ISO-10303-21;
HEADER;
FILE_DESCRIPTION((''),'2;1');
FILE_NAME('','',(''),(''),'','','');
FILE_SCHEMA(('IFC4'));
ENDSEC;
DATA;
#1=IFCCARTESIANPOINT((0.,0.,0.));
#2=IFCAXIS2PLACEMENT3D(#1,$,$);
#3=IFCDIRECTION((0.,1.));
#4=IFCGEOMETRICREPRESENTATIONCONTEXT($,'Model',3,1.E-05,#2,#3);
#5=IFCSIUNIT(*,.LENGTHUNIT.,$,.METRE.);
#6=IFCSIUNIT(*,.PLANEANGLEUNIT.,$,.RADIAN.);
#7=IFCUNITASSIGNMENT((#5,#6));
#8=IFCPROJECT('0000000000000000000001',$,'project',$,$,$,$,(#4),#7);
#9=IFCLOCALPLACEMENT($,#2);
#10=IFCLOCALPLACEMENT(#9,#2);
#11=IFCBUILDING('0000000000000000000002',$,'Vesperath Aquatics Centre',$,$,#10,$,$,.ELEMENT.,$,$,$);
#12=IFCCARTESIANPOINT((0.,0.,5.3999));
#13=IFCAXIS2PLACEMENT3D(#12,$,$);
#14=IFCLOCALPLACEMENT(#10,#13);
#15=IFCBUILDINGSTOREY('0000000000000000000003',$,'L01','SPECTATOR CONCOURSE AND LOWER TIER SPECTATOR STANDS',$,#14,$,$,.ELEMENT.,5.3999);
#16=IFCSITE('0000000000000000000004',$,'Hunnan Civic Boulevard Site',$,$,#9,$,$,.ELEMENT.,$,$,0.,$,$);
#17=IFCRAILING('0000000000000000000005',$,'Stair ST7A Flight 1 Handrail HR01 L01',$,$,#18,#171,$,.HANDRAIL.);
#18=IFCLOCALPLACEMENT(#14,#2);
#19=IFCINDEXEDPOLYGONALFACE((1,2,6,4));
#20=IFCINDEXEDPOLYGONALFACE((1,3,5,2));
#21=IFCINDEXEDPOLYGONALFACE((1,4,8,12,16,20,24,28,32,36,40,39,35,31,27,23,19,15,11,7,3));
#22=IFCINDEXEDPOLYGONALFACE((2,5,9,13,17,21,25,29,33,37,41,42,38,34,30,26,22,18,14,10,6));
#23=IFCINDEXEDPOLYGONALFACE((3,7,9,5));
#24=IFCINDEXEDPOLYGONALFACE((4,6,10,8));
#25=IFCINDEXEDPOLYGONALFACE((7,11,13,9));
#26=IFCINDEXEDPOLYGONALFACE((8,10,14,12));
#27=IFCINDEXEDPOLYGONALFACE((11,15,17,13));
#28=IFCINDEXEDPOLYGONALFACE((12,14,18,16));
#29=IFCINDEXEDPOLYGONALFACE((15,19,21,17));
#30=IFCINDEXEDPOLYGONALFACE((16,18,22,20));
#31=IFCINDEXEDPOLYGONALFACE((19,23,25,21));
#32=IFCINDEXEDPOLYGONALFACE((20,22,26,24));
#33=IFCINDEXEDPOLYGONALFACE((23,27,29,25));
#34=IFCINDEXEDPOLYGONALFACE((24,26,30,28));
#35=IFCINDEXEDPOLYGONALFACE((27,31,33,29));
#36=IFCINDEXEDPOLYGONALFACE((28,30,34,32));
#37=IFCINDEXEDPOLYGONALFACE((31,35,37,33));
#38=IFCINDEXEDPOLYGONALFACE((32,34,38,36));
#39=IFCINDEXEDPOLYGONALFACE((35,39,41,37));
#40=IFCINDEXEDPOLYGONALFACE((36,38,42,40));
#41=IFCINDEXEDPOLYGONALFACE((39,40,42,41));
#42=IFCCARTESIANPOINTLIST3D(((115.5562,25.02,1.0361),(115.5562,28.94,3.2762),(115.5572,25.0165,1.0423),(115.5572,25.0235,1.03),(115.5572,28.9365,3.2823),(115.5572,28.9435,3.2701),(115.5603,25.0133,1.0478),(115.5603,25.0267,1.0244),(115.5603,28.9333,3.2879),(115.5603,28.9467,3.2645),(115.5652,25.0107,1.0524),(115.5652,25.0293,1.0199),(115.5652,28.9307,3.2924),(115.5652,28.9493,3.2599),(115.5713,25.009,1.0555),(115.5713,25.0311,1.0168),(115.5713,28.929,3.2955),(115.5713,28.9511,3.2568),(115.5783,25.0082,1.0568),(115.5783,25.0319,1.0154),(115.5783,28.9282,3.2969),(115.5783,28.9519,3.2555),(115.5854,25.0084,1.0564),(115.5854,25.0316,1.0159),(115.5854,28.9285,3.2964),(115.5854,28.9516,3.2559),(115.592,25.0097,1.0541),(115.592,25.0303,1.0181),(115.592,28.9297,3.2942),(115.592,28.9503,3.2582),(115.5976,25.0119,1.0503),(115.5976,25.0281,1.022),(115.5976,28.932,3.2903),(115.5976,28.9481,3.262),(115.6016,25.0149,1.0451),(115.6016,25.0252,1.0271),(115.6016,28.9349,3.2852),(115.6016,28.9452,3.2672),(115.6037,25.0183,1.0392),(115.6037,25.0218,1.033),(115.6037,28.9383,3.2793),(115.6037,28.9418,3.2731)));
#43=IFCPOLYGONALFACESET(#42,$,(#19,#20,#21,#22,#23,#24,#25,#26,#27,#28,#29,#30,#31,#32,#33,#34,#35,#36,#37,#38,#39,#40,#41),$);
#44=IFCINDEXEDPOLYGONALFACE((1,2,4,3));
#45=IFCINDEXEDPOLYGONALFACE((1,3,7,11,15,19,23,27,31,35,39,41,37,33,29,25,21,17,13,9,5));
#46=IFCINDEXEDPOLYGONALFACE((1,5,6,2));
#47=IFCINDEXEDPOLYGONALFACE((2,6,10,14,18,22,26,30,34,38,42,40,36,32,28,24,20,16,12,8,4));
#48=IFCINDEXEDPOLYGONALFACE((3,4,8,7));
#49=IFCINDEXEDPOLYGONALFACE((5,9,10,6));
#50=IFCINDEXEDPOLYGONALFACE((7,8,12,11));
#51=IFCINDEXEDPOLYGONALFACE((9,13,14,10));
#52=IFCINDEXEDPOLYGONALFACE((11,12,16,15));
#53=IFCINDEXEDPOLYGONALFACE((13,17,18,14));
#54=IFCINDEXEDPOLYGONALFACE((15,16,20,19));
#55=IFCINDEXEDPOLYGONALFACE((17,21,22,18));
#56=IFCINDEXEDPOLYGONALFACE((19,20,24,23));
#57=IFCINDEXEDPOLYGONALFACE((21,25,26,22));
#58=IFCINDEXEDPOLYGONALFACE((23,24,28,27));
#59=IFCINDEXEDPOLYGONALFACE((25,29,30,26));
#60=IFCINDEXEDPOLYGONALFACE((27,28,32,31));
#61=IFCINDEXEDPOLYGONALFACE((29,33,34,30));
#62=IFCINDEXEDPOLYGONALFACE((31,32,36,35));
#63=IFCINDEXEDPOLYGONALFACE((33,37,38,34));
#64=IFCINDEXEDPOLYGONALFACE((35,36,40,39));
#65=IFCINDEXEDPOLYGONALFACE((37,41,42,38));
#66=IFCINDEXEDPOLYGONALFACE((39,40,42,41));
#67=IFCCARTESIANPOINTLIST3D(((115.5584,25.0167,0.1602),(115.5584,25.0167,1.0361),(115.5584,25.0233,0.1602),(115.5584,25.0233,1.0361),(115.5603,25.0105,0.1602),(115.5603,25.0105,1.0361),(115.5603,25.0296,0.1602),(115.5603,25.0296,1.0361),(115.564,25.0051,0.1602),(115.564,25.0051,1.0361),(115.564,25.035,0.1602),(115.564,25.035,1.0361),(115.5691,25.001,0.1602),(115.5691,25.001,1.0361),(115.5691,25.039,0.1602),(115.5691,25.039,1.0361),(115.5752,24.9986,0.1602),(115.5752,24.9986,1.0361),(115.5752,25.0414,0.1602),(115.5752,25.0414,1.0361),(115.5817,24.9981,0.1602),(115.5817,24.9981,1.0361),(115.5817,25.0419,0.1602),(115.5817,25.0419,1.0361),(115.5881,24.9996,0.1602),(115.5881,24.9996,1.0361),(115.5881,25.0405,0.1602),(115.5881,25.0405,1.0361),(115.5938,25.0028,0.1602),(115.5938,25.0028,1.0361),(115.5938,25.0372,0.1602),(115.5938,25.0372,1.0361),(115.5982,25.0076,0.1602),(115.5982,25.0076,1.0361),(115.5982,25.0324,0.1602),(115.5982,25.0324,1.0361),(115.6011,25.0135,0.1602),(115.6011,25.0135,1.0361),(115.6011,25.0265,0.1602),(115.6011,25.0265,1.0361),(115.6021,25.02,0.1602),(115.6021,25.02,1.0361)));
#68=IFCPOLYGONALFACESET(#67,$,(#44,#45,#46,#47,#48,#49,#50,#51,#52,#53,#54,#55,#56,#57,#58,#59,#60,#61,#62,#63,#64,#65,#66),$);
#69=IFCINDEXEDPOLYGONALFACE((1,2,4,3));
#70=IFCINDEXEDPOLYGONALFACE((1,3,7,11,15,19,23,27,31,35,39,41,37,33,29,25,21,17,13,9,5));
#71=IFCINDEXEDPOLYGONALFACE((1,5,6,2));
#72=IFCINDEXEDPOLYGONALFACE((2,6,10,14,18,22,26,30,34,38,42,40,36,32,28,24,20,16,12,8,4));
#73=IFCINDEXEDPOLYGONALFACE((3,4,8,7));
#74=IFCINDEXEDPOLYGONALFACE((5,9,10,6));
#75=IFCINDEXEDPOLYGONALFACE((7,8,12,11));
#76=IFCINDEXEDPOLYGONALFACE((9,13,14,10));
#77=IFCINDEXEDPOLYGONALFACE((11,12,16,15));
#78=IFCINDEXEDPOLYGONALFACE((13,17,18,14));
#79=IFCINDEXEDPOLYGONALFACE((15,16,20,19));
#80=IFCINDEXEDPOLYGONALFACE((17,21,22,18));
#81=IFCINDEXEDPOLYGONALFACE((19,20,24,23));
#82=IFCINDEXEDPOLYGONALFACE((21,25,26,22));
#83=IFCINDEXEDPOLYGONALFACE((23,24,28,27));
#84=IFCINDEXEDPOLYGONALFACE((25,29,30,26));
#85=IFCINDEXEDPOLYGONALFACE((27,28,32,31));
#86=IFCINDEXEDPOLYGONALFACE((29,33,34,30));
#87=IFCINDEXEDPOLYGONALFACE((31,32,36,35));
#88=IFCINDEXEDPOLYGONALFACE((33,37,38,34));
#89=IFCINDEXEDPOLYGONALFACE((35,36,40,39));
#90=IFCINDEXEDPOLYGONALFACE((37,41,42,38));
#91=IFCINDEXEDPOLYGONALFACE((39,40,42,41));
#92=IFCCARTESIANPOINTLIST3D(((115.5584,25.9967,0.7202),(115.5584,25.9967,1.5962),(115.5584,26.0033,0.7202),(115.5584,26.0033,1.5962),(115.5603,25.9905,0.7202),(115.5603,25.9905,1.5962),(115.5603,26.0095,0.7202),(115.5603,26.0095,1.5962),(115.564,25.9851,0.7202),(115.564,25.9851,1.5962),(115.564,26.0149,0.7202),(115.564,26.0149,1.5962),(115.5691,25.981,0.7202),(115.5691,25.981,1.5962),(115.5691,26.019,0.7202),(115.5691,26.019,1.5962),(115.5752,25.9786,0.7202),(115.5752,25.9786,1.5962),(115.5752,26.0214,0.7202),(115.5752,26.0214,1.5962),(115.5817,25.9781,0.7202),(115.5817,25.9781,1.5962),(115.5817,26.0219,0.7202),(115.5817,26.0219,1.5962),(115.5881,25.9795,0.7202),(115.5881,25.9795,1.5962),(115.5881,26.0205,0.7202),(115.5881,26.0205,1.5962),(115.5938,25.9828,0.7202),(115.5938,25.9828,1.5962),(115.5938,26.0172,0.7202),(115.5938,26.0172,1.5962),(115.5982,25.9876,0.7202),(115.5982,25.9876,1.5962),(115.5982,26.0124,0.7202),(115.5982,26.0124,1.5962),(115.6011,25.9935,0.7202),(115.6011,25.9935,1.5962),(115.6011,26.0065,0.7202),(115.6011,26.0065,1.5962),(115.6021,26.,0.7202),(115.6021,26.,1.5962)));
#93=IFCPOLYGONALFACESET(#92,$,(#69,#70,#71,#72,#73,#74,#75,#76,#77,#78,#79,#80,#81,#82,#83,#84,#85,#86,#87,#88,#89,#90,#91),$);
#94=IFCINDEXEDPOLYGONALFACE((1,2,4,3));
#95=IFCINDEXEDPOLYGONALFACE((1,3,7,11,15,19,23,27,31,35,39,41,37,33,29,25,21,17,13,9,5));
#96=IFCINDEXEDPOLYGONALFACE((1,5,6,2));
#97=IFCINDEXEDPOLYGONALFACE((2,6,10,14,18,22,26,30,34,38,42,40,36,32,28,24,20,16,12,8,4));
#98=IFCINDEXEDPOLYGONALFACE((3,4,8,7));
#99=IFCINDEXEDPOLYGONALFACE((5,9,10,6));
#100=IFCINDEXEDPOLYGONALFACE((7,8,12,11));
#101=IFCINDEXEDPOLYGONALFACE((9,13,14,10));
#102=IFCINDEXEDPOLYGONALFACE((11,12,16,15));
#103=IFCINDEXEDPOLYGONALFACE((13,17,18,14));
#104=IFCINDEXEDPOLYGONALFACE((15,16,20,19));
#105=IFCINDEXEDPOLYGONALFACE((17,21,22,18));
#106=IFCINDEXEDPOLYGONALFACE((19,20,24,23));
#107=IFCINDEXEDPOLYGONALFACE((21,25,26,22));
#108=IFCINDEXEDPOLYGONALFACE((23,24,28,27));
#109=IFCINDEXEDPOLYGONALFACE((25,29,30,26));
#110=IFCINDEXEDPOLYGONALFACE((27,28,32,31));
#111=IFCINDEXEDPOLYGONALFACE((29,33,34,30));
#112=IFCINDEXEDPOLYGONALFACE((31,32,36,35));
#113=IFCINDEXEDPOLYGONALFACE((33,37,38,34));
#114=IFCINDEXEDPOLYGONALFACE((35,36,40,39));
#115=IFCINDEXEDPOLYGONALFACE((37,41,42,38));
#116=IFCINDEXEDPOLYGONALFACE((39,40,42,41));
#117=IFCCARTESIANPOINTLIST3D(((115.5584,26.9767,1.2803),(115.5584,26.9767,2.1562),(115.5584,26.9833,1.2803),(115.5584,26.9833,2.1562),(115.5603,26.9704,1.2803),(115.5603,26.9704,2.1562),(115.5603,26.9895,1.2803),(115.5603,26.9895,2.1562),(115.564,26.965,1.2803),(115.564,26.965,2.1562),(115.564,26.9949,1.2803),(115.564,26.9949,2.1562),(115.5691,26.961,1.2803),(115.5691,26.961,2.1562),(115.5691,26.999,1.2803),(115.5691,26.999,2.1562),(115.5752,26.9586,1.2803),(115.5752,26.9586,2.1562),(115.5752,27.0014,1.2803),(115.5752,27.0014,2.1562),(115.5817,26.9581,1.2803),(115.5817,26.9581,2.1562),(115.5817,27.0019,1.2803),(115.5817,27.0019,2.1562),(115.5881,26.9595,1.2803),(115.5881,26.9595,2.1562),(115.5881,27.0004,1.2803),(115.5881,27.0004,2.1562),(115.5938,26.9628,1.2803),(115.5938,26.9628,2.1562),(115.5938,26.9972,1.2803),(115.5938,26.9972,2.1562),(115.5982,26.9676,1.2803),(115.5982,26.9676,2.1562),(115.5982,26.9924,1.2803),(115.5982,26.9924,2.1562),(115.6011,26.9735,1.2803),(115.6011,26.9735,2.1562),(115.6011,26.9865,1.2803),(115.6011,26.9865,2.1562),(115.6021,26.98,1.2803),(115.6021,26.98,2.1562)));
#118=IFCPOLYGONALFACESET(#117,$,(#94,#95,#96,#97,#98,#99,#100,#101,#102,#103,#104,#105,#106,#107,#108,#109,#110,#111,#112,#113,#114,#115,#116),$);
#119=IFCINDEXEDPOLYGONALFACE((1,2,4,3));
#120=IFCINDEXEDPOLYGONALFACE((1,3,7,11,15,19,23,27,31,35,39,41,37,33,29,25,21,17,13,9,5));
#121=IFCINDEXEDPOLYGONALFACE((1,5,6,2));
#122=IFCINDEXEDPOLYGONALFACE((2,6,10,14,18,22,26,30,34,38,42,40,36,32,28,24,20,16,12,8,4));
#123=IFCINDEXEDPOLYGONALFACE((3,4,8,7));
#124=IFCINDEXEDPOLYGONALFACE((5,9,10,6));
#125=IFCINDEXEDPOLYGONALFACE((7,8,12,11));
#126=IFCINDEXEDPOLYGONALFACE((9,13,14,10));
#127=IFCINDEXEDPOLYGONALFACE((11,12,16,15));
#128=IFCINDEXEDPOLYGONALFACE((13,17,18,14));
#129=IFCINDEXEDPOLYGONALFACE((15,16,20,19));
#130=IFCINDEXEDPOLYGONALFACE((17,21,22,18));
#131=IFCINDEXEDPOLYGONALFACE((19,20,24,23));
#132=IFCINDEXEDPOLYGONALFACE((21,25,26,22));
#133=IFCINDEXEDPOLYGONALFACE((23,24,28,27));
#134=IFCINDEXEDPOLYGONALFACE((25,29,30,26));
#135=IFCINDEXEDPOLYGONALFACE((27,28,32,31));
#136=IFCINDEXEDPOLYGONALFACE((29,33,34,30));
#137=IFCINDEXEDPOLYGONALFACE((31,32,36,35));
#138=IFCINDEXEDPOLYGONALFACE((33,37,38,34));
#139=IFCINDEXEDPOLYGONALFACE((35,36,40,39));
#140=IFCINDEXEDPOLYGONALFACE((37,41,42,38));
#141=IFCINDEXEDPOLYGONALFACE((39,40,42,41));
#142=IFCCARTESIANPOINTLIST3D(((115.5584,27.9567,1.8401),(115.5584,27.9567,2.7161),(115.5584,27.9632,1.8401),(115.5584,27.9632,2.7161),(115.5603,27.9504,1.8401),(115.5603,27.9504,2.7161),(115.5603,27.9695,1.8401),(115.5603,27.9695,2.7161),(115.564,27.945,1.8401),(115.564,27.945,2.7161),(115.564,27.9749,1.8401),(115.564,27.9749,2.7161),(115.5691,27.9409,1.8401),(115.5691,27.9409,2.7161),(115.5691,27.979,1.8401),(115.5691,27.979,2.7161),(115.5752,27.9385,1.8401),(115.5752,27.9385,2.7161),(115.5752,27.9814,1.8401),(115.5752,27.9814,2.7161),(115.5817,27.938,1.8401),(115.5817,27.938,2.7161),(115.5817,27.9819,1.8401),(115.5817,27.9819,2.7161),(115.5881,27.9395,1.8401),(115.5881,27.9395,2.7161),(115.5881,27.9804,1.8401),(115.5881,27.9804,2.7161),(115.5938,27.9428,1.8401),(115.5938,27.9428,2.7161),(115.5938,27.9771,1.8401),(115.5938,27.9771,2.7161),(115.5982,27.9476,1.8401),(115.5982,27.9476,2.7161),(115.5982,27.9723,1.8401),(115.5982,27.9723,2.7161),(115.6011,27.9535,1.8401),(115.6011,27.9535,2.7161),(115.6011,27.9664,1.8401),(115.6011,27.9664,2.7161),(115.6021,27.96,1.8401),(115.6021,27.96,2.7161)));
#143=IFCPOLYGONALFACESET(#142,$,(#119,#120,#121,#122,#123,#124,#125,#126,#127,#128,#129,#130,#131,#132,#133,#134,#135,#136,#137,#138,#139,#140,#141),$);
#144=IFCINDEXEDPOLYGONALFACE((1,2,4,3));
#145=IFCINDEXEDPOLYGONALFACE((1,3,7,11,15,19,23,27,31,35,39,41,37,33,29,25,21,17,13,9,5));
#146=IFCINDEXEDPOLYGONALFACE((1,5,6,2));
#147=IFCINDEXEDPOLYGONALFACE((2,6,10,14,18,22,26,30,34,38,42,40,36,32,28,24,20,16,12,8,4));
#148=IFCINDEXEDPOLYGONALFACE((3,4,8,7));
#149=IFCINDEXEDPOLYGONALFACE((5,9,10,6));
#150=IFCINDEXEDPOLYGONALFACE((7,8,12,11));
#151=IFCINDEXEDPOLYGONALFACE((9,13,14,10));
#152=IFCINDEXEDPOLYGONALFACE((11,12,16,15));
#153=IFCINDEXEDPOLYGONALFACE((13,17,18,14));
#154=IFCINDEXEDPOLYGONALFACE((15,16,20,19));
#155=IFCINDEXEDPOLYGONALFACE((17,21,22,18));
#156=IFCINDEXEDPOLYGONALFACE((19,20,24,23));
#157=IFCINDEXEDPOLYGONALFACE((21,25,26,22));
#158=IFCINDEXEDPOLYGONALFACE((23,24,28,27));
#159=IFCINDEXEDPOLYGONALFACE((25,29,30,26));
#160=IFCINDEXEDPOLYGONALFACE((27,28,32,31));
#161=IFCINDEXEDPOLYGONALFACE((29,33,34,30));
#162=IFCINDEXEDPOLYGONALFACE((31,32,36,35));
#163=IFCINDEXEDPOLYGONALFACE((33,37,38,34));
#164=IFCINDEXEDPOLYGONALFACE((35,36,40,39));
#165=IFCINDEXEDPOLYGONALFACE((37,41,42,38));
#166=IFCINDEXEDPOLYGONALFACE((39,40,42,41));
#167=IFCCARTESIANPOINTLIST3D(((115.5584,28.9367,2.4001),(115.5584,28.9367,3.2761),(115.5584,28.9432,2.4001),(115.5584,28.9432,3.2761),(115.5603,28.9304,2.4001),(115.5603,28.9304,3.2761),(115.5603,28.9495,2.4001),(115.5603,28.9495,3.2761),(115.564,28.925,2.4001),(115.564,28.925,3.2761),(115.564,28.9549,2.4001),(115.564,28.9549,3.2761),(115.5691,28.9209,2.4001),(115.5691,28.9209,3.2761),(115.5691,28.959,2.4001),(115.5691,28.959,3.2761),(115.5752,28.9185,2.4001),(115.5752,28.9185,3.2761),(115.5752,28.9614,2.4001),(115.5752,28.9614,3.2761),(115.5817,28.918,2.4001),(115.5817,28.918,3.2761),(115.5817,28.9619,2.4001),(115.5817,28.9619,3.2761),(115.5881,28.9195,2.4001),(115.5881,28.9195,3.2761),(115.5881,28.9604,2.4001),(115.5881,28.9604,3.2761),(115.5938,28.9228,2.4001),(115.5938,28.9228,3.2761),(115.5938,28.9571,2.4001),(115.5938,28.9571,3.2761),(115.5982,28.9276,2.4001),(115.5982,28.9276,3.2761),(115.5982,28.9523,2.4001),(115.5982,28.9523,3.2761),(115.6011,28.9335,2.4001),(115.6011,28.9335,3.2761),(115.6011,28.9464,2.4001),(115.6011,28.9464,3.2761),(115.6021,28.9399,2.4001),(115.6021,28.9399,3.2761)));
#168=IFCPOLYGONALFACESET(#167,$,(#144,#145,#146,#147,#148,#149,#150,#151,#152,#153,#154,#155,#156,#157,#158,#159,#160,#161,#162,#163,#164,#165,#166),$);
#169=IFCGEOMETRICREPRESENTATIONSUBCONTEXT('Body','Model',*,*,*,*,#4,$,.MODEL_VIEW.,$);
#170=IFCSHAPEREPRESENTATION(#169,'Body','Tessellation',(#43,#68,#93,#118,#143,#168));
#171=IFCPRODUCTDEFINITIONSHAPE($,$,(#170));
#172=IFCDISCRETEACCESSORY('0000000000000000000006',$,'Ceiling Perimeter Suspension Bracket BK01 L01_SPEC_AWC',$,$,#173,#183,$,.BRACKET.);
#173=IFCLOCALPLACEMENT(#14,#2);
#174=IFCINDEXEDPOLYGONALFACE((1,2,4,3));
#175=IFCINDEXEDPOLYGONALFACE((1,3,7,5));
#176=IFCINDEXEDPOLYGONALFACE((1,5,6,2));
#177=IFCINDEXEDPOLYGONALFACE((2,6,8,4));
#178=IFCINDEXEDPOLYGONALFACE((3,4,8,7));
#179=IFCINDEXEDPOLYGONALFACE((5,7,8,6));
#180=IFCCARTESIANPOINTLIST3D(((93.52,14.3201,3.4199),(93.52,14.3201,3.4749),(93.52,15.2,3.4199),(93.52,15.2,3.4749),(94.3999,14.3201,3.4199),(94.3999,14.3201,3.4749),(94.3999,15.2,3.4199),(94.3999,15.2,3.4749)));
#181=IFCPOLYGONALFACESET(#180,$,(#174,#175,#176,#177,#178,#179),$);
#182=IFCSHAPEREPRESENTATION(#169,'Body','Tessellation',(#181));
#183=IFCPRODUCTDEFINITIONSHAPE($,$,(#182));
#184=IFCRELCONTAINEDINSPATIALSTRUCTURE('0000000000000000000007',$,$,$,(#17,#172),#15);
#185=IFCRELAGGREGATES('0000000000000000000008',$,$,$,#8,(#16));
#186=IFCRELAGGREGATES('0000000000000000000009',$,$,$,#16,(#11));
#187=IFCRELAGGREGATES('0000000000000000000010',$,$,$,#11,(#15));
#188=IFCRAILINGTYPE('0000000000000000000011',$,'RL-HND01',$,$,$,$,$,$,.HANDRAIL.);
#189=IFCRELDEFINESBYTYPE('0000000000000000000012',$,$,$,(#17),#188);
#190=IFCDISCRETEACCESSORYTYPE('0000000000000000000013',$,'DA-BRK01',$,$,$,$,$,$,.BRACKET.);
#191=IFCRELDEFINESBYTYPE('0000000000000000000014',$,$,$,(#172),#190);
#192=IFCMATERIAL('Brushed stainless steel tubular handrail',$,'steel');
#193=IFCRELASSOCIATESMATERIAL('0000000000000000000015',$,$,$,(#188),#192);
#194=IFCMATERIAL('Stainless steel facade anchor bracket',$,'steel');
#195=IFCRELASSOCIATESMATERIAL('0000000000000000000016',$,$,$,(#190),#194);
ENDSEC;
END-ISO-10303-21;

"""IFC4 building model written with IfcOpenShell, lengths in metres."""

from ifc_helpers import new_model, si_unit, direction, frame, origin, origin_2d, place, context, subcontext, project, spatial, rectangle, circle, extrude, material, type_object, element, save


model = new_model("IFC4")

# Units and contexts
model_context = context("Model", 3, precision=1e-05, world=origin(), true_north=direction((0.0, 1.0)))
body_context = subcontext(model_context, "Body", "Model", "MODEL_VIEW")
ifc_project = project(units=[si_unit("LENGTHUNIT", "METRE"), si_unit("PLANEANGLEUNIT", "RADIAN")], contexts=[model_context])

# Site, building, storey
site_placement = place(None, origin())
site = spatial("IfcSite", under=ifc_project, at=site_placement, Name="Hunnan Civic Boulevard Site", CompositionType="ELEMENT", RefElevation=0.0)
building_placement = place(site_placement, origin())
building = spatial("IfcBuilding", under=site, at=building_placement, Name="Vesperath Aquatics Centre", CompositionType="ELEMENT")
storey_placement = place(building_placement, frame((0.0, 0.0, 5.3999)))
storey = spatial("IfcBuildingStorey", under=building, at=storey_placement, Name="L01", Description="SPECTATOR CONCOURSE AND LOWER TIER SPECTATOR STANDS", CompositionType="ELEMENT", Elevation=5.3999)

# Railing
ifc_material_1 = material(Name="Brushed stainless steel tubular handrail", Category="steel")
railing_type_1 = type_object("IfcRailingType", Name="RL-HND01", PredefinedType="HANDRAIL", material=ifc_material_1)
railing_1_placement = place(storey_placement, frame((115.5801, 25.02, 0.1602)))
element("IfcRailing", 1, at=railing_1_placement, inside=storey, type_object=railing_type_1, Name="Stair ST7A Flight 1 Handrail HR01 L01", PredefinedType="HANDRAIL", context=body_context, shape_type="SweptSolid", body=[
    extrude(circle(Radius=0.0239, at=origin_2d()), frame((0.0, 0.0, 0.876), z_axis=(0.0, 0.86824, 0.496145), x_axis=(-1.0, 0.0, 0.0)), (0.0, 0.0, 1.0), 4.5149),
    extrude(circle(Radius=0.022, at=origin_2d()), origin(), (0.0, 0.0, 1.0), 0.876),
    extrude(circle(Radius=0.022, at=origin_2d()), frame((0.0, 0.98, 0.5601)), (0.0, 0.0, 1.0), 0.876),
    extrude(circle(Radius=0.022, at=origin_2d()), frame((0.0, 1.96, 1.1201)), (0.0, 0.0, 1.0), 0.876),
    extrude(circle(Radius=0.022, at=origin_2d()), frame((0.0, 2.9399, 1.6799)), (0.0, 0.0, 1.0), 0.876),
    extrude(circle(Radius=0.022, at=origin_2d()), frame((0.0, 3.9199, 2.24)), (0.0, 0.0, 1.0), 0.876),
])

# Discrete accessory
ifc_material_2 = material(Name="Stainless steel facade anchor bracket", Category="steel")
discrete_accessory_type = type_object("IfcDiscreteAccessoryType", Name="DA-BRK01", PredefinedType="BRACKET", material=ifc_material_2)
discrete_accessory_placement = place(storey_placement, frame((93.96, 14.76, 3.4199), z_axis=(0.0, 0.0, 1.0), x_axis=(1.0, 0.0, 0.0)))
element("IfcDiscreteAccessory", 2, at=discrete_accessory_placement, inside=storey, type_object=discrete_accessory_type, Name="Ceiling Perimeter Suspension Bracket BK01 L01_SPEC_AWC", PredefinedType="BRACKET", context=body_context, shape_type="SweptSolid", body=[
    extrude(rectangle(XDim=0.8799, YDim=0.8799, at=origin_2d()), origin(), (0.0, 0.0, 1.0), 0.0549),
])

save(model, "model.ifc")
